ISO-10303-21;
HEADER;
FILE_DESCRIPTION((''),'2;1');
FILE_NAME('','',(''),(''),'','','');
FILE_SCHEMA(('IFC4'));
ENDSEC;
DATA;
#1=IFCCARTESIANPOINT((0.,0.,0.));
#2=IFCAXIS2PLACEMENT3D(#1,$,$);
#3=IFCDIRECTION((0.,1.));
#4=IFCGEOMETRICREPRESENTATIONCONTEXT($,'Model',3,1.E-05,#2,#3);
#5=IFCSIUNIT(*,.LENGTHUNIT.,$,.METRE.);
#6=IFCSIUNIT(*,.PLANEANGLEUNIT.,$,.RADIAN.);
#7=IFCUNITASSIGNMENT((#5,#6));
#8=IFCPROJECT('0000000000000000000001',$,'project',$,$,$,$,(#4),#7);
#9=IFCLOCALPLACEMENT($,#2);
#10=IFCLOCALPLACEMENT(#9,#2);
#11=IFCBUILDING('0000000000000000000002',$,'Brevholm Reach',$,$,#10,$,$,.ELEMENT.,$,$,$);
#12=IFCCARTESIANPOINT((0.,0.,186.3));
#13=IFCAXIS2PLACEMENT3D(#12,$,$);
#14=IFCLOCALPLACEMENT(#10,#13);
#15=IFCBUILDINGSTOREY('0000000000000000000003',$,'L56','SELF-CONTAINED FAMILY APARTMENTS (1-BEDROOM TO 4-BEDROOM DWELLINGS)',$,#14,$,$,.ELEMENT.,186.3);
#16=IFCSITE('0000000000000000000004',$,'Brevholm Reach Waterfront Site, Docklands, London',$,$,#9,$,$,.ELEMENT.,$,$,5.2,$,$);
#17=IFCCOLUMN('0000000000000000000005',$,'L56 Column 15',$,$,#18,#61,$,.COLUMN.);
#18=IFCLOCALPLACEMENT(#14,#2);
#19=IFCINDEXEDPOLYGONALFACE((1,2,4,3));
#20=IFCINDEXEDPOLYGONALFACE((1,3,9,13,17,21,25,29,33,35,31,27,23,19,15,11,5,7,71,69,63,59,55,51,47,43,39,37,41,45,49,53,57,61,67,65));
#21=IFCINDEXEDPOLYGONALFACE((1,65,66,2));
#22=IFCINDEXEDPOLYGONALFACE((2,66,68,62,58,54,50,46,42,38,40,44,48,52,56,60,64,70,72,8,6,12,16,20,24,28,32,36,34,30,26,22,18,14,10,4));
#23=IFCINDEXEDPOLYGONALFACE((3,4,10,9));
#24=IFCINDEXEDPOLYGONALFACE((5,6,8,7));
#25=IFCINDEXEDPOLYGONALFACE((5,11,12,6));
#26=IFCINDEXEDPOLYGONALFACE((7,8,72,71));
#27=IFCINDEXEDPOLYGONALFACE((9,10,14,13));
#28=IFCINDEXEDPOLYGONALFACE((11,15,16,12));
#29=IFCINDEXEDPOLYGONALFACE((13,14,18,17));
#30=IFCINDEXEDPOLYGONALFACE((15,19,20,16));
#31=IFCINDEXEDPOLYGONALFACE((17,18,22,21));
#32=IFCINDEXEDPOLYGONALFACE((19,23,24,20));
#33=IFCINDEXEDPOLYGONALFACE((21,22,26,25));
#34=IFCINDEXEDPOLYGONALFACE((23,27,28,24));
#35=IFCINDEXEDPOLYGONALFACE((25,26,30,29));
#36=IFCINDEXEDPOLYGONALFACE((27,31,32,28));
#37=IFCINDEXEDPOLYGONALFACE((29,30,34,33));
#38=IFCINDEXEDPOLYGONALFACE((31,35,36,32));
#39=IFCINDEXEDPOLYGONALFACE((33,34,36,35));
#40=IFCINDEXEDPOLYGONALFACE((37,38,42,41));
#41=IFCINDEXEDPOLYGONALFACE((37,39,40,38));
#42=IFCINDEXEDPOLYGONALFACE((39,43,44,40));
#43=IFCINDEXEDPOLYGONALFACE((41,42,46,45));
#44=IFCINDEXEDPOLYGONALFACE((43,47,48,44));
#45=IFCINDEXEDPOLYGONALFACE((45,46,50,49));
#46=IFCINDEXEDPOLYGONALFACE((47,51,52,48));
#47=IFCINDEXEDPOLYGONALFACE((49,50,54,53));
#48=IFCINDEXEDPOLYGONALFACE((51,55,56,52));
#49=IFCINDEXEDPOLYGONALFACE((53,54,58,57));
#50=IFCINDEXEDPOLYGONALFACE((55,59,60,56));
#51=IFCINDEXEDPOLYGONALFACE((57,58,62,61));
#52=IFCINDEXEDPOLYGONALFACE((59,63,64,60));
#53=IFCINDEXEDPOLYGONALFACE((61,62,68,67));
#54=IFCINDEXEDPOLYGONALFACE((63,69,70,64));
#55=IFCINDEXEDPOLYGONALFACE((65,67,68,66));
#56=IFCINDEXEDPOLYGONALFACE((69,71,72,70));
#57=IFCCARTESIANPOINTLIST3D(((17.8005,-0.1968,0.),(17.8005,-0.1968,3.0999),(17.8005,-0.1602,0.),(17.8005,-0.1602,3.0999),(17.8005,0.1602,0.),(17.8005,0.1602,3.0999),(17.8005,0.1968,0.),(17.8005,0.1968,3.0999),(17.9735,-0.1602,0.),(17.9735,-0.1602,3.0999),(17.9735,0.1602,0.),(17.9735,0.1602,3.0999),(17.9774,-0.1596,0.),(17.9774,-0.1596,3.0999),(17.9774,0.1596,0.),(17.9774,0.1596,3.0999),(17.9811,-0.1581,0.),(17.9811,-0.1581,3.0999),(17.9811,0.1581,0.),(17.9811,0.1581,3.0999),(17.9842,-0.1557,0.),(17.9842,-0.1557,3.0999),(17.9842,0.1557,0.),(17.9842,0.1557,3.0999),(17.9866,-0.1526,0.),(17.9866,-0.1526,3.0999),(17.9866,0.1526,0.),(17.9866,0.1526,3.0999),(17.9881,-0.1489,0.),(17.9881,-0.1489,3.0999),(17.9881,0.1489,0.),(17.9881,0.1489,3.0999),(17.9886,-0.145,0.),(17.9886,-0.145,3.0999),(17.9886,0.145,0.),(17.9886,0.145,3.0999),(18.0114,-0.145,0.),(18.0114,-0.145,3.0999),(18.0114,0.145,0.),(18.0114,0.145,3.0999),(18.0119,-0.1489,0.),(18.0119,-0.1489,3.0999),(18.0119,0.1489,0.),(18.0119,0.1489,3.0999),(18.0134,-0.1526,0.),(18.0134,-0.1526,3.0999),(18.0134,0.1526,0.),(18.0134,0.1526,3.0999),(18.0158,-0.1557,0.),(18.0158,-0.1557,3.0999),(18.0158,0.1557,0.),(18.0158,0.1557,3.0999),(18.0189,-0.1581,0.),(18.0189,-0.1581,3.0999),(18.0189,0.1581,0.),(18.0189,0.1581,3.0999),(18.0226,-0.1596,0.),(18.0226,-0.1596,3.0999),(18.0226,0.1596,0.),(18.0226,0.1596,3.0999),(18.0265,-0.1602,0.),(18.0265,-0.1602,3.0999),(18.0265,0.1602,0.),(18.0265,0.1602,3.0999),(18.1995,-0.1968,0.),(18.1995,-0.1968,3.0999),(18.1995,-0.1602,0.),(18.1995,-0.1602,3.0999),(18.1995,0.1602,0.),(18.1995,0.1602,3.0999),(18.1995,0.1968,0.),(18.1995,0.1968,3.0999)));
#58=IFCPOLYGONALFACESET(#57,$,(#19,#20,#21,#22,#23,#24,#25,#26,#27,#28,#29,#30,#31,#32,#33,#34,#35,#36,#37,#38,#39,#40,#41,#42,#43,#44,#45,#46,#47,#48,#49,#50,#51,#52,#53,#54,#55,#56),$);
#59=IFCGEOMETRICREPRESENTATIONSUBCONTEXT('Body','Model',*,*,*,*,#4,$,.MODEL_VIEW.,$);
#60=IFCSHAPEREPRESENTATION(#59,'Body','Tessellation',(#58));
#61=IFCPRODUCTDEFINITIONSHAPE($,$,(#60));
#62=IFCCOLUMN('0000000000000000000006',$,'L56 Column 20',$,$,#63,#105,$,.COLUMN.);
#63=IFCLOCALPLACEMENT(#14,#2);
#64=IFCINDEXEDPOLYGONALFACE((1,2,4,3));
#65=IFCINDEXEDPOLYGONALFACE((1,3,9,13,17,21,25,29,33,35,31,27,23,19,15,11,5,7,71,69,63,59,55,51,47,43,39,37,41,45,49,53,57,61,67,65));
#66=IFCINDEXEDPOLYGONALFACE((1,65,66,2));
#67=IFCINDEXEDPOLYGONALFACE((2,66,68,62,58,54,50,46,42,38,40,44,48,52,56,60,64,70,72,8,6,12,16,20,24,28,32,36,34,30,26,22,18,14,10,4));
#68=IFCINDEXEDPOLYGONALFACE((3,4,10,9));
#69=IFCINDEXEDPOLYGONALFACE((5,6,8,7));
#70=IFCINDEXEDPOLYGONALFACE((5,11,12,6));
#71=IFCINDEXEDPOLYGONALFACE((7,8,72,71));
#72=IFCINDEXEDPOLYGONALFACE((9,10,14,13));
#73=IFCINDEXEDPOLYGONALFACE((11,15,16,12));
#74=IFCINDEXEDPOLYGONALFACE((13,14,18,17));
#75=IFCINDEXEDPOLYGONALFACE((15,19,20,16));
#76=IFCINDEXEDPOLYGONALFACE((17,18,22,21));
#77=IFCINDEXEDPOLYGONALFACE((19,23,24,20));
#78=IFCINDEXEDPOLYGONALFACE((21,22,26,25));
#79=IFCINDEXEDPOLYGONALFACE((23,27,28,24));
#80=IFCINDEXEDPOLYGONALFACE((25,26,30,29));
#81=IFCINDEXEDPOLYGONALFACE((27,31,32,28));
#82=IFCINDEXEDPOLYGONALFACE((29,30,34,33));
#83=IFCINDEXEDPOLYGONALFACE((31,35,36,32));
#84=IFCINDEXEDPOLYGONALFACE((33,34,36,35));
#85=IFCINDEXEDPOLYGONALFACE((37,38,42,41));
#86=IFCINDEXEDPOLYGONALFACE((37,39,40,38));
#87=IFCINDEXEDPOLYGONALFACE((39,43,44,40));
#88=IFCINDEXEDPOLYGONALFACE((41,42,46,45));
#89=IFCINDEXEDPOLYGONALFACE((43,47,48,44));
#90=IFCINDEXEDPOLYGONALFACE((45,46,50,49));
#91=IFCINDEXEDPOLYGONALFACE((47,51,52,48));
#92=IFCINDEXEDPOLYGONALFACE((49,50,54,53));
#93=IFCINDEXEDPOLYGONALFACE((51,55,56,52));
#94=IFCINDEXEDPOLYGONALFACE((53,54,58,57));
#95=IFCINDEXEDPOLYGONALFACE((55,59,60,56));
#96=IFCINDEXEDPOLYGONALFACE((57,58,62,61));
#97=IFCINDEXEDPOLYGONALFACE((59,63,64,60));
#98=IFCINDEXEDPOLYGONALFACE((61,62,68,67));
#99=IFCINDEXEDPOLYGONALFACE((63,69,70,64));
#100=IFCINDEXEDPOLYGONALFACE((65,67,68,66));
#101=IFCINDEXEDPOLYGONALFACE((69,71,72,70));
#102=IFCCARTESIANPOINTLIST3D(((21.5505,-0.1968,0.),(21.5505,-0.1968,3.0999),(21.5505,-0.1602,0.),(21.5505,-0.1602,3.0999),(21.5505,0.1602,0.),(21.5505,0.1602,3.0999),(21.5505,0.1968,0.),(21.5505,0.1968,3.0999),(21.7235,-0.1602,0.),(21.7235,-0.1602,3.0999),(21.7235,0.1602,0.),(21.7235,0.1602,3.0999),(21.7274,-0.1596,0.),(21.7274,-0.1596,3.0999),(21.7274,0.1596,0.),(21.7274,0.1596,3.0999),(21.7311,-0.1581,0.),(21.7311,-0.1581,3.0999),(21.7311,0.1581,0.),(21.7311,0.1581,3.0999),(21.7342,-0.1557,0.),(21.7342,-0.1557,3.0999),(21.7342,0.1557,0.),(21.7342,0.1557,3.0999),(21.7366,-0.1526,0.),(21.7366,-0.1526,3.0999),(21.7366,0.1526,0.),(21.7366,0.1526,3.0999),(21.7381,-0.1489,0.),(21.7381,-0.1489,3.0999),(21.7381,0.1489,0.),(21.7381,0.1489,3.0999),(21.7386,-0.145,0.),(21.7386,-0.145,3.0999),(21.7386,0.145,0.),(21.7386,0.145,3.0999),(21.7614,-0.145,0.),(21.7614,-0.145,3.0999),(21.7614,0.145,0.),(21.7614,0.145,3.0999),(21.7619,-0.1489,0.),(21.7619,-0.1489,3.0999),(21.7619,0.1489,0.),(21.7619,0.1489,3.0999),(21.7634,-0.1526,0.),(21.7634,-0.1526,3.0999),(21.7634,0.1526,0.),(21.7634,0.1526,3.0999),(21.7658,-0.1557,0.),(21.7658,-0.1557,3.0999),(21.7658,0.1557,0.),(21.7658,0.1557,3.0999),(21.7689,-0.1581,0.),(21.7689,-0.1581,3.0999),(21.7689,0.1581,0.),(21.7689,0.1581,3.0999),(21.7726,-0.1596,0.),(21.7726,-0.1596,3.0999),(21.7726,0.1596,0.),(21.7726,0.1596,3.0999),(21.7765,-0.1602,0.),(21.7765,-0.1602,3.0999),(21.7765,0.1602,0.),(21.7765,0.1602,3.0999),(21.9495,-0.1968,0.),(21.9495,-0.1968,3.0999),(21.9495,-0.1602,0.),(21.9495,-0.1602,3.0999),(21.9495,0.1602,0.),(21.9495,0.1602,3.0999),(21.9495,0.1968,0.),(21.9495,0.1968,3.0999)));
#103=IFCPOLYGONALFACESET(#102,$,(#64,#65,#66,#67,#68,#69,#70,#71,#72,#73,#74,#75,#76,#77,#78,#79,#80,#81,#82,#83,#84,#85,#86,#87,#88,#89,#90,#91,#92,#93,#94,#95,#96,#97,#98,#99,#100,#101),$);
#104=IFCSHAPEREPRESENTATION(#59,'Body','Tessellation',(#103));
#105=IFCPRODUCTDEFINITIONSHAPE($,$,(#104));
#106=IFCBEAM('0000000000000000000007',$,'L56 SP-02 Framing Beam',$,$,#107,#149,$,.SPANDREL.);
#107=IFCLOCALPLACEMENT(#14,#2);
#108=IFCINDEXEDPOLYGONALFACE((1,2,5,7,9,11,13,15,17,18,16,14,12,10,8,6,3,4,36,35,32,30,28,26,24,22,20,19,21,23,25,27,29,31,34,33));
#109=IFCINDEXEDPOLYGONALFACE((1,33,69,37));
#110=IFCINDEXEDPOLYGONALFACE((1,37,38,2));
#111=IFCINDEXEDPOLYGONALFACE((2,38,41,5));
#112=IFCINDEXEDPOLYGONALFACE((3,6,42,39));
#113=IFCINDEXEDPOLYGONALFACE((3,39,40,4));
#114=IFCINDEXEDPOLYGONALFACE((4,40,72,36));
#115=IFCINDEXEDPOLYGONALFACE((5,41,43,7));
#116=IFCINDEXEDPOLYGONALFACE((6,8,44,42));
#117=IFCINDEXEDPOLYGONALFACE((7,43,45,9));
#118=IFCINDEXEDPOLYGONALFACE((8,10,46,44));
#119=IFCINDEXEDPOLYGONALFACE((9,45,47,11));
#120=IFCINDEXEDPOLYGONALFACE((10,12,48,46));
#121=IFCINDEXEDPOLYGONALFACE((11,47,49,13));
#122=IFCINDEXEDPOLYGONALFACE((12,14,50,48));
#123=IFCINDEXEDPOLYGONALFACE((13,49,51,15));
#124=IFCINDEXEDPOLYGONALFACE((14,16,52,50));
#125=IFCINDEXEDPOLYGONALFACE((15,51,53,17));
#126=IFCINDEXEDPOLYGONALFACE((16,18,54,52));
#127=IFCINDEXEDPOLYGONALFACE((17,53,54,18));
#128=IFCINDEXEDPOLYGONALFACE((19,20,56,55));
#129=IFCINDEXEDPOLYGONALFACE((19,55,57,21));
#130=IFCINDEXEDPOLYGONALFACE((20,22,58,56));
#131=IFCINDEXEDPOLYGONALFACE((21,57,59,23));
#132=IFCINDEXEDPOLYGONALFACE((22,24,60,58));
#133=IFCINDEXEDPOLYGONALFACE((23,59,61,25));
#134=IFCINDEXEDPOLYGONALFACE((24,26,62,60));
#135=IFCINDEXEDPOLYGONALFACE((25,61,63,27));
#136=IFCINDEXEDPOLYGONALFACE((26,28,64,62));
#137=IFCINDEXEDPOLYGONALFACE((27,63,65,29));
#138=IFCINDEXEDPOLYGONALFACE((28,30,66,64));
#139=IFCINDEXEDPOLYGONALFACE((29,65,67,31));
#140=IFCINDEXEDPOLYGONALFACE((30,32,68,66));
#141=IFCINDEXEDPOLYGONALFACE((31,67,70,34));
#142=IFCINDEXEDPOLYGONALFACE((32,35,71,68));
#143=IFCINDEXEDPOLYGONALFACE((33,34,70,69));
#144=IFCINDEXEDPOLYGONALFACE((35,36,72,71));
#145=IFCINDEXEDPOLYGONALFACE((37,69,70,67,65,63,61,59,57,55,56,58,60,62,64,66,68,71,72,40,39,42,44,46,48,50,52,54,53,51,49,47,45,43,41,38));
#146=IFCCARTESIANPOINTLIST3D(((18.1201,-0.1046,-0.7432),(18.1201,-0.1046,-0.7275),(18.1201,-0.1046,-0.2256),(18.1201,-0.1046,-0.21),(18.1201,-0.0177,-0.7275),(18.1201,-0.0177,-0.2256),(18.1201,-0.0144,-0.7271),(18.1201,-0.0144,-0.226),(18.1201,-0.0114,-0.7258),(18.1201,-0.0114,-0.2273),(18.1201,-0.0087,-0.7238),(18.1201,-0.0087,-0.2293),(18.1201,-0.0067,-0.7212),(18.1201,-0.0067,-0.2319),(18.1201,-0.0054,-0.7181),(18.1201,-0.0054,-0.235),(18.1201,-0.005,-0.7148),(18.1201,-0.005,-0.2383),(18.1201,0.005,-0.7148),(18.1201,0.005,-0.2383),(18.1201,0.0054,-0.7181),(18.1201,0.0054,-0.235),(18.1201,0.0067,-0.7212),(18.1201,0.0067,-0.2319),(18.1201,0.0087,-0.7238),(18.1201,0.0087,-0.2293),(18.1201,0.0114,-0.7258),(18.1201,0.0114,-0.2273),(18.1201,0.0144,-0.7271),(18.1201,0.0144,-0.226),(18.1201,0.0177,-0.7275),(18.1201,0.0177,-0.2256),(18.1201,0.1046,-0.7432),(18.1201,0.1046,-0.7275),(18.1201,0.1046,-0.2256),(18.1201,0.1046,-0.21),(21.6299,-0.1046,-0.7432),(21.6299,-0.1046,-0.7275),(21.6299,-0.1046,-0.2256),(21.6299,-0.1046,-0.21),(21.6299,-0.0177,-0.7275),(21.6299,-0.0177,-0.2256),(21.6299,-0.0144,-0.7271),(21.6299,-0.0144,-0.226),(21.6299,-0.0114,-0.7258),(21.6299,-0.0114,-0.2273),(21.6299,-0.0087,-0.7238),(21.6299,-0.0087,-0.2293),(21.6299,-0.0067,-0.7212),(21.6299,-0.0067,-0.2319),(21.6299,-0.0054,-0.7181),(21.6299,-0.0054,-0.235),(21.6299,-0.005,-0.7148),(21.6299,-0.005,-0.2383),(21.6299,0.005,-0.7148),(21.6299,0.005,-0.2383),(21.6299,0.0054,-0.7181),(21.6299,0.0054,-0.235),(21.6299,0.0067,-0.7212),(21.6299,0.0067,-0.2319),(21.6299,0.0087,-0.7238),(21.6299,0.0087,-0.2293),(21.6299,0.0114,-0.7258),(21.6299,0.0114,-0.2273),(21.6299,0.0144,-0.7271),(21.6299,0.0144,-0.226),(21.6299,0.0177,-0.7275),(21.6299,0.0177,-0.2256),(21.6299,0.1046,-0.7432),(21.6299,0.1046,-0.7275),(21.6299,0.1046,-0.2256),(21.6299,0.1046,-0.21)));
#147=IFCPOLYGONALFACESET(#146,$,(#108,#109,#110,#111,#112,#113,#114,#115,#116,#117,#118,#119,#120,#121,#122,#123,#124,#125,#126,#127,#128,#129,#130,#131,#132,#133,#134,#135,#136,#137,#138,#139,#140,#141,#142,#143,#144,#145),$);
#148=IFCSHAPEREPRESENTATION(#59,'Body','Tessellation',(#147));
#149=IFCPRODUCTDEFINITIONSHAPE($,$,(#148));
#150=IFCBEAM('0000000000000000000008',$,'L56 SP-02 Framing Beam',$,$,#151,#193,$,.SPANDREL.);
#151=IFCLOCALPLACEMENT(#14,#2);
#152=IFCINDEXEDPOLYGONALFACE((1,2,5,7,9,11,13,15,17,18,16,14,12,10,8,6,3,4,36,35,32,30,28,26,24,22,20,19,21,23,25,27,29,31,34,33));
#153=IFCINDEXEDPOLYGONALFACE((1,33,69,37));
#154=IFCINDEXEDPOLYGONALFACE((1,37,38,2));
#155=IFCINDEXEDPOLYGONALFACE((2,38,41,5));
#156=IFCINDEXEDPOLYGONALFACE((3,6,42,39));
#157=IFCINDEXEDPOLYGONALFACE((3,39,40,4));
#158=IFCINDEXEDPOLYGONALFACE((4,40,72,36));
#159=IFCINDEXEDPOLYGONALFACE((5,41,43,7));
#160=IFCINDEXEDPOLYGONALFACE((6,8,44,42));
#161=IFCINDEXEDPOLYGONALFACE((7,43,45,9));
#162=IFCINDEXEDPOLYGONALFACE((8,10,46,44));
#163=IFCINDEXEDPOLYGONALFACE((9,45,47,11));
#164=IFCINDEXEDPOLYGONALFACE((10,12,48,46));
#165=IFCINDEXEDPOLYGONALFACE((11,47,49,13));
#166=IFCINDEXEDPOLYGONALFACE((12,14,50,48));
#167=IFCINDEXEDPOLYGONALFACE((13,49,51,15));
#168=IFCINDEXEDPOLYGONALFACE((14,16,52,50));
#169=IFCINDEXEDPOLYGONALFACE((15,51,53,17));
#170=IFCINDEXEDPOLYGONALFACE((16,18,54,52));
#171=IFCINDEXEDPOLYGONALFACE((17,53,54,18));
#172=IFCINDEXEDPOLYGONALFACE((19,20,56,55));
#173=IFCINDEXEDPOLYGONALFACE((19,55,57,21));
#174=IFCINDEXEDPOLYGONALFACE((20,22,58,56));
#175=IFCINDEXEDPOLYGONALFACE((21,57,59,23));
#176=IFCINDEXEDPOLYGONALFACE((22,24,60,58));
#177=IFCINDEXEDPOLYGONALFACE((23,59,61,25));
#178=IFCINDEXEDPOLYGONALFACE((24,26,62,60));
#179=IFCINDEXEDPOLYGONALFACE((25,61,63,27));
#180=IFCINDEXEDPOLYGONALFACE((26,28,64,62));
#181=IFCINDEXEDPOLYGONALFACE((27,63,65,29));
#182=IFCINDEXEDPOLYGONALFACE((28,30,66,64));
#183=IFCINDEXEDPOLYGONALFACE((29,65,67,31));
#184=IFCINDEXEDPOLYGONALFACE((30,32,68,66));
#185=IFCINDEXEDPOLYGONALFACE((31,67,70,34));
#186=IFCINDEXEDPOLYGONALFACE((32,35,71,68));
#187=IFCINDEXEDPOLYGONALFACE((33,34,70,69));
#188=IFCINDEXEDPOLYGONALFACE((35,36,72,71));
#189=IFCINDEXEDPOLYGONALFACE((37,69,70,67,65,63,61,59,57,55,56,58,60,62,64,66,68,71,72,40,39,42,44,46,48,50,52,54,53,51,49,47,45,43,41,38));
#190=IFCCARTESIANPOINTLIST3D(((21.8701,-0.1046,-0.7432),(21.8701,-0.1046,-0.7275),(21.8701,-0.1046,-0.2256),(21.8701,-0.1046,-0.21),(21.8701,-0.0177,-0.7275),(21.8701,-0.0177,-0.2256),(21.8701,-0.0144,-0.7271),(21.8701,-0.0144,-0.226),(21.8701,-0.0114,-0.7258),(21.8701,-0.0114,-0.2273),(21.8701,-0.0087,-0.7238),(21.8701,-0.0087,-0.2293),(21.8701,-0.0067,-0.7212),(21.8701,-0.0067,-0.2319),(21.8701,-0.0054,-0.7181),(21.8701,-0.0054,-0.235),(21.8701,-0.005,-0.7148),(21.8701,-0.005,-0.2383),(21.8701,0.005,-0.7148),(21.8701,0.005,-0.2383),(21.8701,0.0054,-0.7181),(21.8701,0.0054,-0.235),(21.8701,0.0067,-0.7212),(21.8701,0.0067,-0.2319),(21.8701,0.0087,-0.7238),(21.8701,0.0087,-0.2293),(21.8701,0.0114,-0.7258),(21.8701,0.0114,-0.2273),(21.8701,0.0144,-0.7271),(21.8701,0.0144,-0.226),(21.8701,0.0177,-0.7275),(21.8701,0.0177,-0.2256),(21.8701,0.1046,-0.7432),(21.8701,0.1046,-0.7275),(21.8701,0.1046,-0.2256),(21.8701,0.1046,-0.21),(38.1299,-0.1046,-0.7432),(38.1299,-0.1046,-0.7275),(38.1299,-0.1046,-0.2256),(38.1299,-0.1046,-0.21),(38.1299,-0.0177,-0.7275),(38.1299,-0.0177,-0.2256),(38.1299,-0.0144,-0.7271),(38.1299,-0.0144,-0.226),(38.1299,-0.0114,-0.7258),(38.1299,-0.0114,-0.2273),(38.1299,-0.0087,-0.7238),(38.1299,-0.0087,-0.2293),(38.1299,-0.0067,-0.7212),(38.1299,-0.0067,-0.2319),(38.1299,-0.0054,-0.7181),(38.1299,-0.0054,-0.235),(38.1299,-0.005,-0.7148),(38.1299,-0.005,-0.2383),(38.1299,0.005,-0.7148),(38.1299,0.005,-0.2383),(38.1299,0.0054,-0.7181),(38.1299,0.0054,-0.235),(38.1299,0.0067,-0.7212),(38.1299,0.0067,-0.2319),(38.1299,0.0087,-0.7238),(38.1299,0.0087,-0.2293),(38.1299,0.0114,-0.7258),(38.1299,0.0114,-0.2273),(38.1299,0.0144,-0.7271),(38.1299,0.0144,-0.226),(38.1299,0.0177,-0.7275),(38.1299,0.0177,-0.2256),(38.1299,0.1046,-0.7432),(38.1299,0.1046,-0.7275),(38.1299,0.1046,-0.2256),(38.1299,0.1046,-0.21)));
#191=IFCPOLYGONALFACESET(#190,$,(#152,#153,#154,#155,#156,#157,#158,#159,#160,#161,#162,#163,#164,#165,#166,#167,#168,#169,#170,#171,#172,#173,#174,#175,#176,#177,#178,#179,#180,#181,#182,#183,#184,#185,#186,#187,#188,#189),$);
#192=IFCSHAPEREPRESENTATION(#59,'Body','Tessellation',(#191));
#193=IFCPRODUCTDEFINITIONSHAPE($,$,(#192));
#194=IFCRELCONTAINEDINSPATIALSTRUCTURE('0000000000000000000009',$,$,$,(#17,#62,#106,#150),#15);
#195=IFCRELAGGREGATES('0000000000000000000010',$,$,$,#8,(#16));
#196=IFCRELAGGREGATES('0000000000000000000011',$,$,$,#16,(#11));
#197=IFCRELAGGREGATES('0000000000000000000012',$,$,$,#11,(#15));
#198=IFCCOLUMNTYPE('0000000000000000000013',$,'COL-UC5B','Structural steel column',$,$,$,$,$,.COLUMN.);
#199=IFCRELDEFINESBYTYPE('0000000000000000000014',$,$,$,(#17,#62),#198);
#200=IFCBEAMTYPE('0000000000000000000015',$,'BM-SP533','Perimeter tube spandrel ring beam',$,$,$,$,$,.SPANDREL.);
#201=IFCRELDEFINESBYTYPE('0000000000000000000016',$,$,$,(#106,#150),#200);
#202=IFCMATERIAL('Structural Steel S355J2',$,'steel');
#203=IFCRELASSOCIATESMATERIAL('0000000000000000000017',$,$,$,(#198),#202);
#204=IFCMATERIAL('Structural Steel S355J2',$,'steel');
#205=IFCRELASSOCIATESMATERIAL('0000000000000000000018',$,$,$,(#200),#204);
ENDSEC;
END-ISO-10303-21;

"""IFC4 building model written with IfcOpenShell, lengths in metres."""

from ifc_helpers import new_model, si_unit, direction, frame, origin, origin_2d, place, context, subcontext, project, spatial, i_section, extrude, material, material_profile, profile_set, type_object, element, save


model = new_model("IFC4")

# Units and contexts
model_context = context("Model", 3, precision=1e-05, world=origin(), true_north=direction((0.0, 1.0)))
body_context = subcontext(model_context, "Body", "Model", "MODEL_VIEW")
ifc_project = project(units=[si_unit("LENGTHUNIT", "METRE"), si_unit("PLANEANGLEUNIT", "RADIAN")], contexts=[model_context])

# Site, building, storey
site_placement = place(None, origin())
site = spatial("IfcSite", under=ifc_project, at=site_placement, Name="Brevholm Reach Waterfront Site, Docklands, London", CompositionType="ELEMENT", RefElevation=5.2)
building_placement = place(site_placement, origin())
building = spatial("IfcBuilding", under=site, at=building_placement, Name="Brevholm Reach", CompositionType="ELEMENT")
storey_placement = place(building_placement, frame((0.0, 0.0, 186.3)))
storey = spatial("IfcBuildingStorey", under=building, at=storey_placement, Name="L56", Description="SELF-CONTAINED FAMILY APARTMENTS (1-BEDROOM TO 4-BEDROOM DWELLINGS)", CompositionType="ELEMENT", Elevation=186.3)

# Columns
ifc_material_1 = material(Name="Structural Steel S355J2", Category="steel")
ifc_material_profile_1 = material_profile(ifc_material_1, i_section(OverallWidth=0.3989, OverallDepth=0.3936, WebThickness=0.0227, FlangeThickness=0.0366, FilletRadius=0.0151, at=origin_2d()), Name="UKC 356x406x287")
ifc_profile_set_1 = profile_set([ifc_material_profile_1], Name="Structural Steel S355J2")
column_type = type_object("IfcColumnType", Name="COL-UC5B", Description="Structural steel column", PredefinedType="COLUMN", material=ifc_profile_set_1)
for number, where, z_axis, x_axis, name in (
    (1, (18.0, 0.0, 0.0), (0.0, 0.0, 1.0), (1.0, 0.0, 0.0), "L56 Column 15"),
    (2, (21.75, 0.0, 0.0), (0.0, 0.0, 1.0), (1.0, 0.0, 0.0), "L56 Column 20"),
):
    element("IfcColumn", number, at=place(storey_placement, frame(where, z_axis=z_axis, x_axis=x_axis)), inside=storey, type_object=column_type, Name=name, PredefinedType="COLUMN", context=body_context, shape_type="SweptSolid", body=[
        extrude(i_section(OverallWidth=0.3989, OverallDepth=0.3936, WebThickness=0.0227, FlangeThickness=0.0366, FilletRadius=0.0151, at=origin_2d()), origin(), (0.0, 0.0, 1.0), 3.0999),
    ])

# Beams
ifc_material_2 = material(Name="Structural Steel S355J2", Category="steel")
ifc_material_profile_2 = material_profile(ifc_material_2, i_section(OverallWidth=0.2092, OverallDepth=0.5332, WebThickness=0.01, FlangeThickness=0.0156, FilletRadius=0.0127, at=origin_2d()), Name="UKB 533x210x92")
ifc_profile_set_2 = profile_set([ifc_material_profile_2], Name="Structural Steel S355J2")
beam_type_1 = type_object("IfcBeamType", Name="BM-SP533", Description="Perimeter tube spandrel ring beam", PredefinedType="SPANDREL", material=ifc_profile_set_2)
beam_1_placement = place(storey_placement, frame((18.1201, 0.0, -0.4766), z_axis=(1.0, 0.0, 0.0), x_axis=(0.0, 1.0, 0.0)))
element("IfcBeam", 3, at=beam_1_placement, inside=storey, type_object=beam_type_1, Name="L56 SP-02 Framing Beam", PredefinedType="SPANDREL", context=body_context, shape_type="SweptSolid", body=[
    extrude(i_section(OverallWidth=0.2092, OverallDepth=0.5332, WebThickness=0.01, FlangeThickness=0.0156, FilletRadius=0.0127, at=origin_2d()), origin(), (0.0, 0.0, 1.0), 3.5098),
])
beam_2_placement = place(storey_placement, frame((21.8701, 0.0, -0.4766), z_axis=(1.0, 0.0, 0.0), x_axis=(0.0, 1.0, 0.0)))
element("IfcBeam", 4, at=beam_2_placement, inside=storey, type_object=beam_type_1, Name="L56 SP-02 Framing Beam", PredefinedType="SPANDREL", context=body_context, shape_type="SweptSolid", body=[
    extrude(i_section(OverallWidth=0.2092, OverallDepth=0.5332, WebThickness=0.01, FlangeThickness=0.0156, FilletRadius=0.0127, at=origin_2d()), origin(), (0.0, 0.0, 1.0), 16.2598),
])

save(model, "model.ifc")
